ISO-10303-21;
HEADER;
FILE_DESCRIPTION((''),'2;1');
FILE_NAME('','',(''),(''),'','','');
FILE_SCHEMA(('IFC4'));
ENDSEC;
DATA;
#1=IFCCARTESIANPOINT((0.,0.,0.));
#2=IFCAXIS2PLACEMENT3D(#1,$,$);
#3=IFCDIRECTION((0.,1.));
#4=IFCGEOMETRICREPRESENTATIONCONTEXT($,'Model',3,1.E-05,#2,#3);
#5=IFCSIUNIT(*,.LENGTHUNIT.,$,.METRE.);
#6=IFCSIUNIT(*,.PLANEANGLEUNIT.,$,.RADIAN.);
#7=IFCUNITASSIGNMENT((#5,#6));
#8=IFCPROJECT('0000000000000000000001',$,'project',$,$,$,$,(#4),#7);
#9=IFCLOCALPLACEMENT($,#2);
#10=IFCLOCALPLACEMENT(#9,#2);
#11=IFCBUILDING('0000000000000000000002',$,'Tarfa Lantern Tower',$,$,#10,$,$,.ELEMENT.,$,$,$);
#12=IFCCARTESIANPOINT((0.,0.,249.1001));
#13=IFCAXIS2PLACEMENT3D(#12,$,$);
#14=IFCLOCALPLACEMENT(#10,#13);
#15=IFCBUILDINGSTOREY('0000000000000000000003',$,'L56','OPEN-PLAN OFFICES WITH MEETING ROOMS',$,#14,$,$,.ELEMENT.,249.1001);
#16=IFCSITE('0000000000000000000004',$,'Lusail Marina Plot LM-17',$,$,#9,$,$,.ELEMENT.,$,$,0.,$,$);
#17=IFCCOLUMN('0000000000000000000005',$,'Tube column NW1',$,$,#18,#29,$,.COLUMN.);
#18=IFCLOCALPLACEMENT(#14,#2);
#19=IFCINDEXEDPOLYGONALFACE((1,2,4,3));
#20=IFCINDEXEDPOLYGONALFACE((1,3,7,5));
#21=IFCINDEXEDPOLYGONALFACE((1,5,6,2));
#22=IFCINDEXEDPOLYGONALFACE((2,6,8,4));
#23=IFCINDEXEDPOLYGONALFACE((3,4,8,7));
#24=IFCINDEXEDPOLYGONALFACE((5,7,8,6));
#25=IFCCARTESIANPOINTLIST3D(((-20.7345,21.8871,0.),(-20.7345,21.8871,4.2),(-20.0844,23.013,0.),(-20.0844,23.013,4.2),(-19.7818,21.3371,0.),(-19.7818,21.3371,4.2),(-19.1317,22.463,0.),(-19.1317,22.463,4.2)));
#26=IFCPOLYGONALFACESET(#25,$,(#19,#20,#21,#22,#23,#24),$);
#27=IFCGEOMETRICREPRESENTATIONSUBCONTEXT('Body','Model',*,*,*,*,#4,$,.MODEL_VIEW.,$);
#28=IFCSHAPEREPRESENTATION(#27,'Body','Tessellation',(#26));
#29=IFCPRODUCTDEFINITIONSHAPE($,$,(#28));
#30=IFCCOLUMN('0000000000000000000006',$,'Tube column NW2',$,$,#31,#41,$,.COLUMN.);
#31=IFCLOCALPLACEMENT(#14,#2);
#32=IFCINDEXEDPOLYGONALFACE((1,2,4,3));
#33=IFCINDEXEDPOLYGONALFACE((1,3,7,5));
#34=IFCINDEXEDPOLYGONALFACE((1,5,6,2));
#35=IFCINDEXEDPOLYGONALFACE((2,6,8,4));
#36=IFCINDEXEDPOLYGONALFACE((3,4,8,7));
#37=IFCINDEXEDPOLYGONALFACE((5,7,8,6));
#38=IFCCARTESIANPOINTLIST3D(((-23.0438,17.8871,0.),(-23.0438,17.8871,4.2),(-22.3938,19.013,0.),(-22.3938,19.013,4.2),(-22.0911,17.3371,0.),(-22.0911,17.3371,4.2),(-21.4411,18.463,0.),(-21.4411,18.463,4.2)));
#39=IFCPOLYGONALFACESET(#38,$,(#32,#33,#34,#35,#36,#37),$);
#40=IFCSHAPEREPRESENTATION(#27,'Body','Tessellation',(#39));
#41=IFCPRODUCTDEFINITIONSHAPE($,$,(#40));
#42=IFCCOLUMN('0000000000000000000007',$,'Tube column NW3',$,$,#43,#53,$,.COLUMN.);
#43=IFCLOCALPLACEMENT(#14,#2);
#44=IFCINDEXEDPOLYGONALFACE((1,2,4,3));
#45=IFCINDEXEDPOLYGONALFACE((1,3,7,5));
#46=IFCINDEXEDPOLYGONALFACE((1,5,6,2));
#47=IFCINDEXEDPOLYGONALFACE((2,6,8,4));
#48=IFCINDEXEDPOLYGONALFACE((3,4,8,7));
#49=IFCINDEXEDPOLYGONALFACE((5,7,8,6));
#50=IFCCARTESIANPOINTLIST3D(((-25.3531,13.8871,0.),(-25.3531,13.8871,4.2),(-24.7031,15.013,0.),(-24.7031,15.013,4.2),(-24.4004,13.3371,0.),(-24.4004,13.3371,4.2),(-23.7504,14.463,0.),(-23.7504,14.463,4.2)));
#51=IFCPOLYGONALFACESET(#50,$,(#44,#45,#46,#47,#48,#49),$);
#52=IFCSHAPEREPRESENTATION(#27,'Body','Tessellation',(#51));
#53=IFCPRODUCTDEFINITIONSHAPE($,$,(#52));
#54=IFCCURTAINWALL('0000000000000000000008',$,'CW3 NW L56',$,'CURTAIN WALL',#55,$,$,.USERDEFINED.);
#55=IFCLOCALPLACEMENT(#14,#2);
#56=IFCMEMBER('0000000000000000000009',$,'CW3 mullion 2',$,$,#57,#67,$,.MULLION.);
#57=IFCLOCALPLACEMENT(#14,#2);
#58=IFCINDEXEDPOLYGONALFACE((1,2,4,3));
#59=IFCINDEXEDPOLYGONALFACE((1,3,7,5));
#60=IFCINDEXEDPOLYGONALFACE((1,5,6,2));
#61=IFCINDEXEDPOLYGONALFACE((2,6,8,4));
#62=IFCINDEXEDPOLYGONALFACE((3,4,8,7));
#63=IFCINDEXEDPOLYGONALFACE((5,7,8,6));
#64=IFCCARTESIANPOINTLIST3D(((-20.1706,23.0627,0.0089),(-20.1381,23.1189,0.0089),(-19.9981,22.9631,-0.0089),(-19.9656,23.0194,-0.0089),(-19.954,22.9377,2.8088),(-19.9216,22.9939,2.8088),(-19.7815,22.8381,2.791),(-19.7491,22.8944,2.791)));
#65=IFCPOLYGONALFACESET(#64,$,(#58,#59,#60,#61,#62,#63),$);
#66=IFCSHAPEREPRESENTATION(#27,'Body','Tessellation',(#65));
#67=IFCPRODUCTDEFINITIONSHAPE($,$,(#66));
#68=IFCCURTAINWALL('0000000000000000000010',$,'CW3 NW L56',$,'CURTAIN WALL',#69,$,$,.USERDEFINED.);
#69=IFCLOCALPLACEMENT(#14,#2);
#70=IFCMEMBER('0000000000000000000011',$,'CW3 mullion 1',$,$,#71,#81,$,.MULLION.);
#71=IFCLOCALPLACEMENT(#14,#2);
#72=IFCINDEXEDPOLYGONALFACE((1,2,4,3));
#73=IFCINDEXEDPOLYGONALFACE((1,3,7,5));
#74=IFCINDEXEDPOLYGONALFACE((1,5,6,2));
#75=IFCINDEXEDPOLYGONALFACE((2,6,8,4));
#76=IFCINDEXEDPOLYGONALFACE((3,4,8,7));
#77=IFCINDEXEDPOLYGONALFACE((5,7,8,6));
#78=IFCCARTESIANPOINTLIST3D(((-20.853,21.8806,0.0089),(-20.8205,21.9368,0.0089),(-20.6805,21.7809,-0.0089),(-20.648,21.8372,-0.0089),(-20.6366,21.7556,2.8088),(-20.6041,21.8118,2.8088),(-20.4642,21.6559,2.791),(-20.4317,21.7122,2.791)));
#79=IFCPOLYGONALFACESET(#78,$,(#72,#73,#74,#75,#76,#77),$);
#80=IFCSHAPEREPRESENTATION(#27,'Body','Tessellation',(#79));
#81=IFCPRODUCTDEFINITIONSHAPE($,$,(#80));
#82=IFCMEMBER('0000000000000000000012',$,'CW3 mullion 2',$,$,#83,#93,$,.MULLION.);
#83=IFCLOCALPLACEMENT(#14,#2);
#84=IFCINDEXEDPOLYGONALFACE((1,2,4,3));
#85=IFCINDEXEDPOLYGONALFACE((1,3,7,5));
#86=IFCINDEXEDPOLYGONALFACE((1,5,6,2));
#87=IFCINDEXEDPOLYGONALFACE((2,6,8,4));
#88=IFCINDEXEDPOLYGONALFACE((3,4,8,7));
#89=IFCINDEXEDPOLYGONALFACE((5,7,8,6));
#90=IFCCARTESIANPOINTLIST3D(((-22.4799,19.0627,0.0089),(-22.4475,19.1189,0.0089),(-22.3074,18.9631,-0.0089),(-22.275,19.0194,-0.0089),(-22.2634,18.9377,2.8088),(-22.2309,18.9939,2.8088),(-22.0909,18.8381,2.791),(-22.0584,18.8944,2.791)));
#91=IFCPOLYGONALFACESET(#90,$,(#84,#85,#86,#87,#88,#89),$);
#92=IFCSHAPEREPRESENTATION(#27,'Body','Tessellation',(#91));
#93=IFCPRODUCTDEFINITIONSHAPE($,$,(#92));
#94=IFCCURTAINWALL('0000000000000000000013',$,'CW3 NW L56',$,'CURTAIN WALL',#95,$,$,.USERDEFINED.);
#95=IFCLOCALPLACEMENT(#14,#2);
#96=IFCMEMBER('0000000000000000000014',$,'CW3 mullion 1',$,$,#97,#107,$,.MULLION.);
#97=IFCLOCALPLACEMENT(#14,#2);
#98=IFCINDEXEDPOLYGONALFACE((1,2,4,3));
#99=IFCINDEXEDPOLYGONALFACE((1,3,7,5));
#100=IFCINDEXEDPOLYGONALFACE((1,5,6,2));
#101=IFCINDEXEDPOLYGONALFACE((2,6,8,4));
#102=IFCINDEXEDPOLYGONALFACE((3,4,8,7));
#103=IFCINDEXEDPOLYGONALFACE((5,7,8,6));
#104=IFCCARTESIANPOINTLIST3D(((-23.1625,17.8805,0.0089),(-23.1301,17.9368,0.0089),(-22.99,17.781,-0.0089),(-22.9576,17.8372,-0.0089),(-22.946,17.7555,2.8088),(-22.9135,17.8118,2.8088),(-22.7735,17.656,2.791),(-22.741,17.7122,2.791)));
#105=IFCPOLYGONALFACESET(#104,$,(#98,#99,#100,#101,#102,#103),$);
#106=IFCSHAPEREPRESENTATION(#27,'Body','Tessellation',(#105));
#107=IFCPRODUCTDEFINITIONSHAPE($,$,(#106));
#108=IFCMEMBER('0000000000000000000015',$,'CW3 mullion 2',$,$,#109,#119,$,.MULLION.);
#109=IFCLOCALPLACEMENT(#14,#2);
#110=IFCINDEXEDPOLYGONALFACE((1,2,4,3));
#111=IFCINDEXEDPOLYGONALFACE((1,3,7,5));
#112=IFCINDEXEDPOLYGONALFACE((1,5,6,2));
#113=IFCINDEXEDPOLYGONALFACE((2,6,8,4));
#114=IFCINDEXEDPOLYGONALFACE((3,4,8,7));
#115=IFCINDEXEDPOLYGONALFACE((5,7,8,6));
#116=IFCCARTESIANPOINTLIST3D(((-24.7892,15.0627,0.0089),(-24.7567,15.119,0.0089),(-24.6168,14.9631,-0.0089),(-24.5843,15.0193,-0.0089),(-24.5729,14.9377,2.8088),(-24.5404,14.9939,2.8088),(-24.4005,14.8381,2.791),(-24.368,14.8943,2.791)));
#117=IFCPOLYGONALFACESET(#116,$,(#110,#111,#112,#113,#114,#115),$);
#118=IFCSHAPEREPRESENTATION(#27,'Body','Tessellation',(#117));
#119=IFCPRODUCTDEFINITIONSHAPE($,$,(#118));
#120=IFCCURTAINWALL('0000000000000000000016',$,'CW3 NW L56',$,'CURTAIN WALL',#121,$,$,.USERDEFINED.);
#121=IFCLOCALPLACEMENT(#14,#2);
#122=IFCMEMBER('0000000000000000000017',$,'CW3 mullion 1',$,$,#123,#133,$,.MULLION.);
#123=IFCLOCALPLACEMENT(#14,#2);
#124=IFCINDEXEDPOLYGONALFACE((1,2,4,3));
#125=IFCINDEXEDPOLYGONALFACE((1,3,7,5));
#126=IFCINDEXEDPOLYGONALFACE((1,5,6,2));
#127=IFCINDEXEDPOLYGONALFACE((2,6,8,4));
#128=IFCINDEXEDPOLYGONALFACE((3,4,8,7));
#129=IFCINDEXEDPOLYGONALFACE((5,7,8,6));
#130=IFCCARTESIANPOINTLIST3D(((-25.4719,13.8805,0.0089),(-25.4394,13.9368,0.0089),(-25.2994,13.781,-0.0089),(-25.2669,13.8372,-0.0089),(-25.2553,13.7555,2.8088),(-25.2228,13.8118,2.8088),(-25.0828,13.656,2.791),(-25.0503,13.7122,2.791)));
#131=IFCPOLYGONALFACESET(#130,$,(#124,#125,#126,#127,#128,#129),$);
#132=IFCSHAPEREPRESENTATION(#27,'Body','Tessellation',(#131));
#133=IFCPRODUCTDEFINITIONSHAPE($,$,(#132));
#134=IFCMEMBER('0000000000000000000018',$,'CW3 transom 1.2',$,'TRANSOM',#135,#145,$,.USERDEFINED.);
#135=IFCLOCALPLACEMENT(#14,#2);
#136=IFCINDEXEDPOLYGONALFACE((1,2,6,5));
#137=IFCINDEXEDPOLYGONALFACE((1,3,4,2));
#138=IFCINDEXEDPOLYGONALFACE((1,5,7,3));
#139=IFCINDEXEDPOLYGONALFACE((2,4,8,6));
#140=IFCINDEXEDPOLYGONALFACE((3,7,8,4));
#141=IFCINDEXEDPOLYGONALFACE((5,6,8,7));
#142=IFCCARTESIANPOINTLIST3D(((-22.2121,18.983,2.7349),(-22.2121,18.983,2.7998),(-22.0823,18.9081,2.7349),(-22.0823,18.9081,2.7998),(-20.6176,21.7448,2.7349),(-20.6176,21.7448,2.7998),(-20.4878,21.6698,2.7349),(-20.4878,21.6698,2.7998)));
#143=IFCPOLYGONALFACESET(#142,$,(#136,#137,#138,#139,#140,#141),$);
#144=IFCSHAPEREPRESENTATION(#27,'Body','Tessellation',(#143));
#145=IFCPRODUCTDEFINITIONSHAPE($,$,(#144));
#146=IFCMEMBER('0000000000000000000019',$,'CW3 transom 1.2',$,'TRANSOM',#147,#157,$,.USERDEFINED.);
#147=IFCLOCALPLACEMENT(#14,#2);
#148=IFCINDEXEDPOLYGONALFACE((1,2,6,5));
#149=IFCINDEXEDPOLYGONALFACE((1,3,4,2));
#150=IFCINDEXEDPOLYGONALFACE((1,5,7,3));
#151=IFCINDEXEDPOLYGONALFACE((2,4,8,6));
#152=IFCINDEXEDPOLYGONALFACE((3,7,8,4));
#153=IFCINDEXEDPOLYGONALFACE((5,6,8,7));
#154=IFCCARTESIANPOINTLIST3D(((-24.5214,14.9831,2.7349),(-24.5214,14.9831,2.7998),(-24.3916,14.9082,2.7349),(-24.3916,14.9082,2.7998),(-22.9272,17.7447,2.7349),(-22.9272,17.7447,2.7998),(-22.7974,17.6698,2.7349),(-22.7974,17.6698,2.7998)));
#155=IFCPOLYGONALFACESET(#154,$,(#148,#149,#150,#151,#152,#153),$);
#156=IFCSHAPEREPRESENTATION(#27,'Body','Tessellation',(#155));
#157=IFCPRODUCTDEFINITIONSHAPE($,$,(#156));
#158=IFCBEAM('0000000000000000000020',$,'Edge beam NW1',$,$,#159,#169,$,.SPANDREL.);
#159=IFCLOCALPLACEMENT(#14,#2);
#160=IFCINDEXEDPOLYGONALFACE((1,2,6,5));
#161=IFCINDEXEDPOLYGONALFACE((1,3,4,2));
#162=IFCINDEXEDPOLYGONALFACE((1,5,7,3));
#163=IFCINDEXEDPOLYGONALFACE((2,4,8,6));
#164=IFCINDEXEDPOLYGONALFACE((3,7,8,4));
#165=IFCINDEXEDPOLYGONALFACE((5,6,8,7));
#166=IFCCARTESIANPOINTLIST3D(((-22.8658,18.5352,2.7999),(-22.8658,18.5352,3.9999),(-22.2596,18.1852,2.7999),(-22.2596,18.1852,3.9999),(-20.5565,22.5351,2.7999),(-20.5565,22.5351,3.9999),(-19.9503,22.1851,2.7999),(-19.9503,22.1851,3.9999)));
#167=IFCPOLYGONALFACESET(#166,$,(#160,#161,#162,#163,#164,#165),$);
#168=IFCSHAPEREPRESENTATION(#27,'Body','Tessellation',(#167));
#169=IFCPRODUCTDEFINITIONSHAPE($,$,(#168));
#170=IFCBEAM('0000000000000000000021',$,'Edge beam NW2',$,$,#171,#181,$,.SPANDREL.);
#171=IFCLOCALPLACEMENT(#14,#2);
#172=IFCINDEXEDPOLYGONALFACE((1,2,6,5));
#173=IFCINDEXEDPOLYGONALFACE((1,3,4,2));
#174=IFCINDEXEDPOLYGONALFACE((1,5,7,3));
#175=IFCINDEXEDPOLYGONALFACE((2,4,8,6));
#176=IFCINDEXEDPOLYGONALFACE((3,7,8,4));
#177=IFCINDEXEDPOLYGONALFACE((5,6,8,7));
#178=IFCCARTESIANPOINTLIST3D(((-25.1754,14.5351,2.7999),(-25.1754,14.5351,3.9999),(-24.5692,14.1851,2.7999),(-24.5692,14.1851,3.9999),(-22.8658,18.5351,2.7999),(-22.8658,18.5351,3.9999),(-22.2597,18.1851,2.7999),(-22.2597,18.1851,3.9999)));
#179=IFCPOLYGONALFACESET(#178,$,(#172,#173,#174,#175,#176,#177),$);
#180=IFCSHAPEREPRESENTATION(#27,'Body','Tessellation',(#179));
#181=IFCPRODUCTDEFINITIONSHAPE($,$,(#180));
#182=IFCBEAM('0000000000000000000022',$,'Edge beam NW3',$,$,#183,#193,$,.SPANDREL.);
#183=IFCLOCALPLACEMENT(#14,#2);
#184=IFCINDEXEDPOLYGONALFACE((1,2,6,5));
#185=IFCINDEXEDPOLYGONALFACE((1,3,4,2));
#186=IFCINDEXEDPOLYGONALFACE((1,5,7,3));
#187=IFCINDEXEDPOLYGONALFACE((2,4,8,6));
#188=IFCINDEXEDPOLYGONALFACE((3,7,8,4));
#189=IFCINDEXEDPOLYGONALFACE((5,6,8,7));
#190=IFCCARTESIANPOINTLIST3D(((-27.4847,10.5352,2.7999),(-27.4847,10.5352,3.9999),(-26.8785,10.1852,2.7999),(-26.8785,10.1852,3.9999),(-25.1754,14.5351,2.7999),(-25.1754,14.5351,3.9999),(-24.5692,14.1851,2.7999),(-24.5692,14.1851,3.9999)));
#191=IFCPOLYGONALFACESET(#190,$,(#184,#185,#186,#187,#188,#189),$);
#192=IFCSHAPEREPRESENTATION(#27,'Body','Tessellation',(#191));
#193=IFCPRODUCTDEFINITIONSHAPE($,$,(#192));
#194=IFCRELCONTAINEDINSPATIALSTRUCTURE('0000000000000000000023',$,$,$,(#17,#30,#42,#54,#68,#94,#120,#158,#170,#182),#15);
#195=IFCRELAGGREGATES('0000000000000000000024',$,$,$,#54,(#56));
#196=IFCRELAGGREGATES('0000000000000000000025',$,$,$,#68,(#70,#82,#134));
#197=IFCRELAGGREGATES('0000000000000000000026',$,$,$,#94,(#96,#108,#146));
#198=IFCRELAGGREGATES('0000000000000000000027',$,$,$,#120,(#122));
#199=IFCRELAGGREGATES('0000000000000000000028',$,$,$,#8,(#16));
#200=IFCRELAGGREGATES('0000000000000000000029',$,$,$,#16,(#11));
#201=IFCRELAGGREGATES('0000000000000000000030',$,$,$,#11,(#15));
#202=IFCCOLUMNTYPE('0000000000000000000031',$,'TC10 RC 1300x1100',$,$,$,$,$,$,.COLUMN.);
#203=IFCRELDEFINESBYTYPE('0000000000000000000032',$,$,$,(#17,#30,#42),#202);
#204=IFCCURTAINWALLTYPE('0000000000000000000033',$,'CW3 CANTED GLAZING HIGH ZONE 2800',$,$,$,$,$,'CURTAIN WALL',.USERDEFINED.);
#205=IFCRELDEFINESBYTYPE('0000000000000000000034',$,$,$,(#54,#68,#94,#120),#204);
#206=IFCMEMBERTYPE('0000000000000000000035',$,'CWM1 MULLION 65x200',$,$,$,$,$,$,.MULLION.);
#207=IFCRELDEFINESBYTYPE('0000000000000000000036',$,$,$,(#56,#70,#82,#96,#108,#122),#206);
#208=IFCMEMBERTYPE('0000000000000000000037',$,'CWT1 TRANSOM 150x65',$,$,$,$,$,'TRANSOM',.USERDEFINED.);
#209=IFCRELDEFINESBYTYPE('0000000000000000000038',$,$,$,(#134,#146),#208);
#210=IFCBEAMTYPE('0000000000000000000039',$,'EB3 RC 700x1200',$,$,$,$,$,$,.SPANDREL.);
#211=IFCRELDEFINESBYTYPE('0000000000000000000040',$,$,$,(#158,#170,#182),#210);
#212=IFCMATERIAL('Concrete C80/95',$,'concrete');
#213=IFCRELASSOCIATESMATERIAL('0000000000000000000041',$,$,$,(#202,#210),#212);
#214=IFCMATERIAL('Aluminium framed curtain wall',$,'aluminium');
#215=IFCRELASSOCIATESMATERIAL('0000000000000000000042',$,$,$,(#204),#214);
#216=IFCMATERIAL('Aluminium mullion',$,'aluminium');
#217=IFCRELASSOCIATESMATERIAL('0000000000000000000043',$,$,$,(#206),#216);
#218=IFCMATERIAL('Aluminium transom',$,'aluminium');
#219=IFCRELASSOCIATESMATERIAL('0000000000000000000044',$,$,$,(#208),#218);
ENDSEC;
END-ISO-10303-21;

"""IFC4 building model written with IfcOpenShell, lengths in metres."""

from ifc_helpers import new_model, si_unit, direction, frame, origin, origin_2d, place, context, subcontext, project, spatial, rectangle, extrude, material, material_profile, profile_set, type_object, element, aggregate, save


model = new_model("IFC4")

# Units and contexts
model_context = context("Model", 3, precision=1e-05, world=origin(), true_north=direction((0.0, 1.0)))
body_context = subcontext(model_context, "Body", "Model", "MODEL_VIEW")
ifc_project = project(units=[si_unit("LENGTHUNIT", "METRE"), si_unit("PLANEANGLEUNIT", "RADIAN")], contexts=[model_context])

# Site, building, storey
site_placement = place(None, origin())
site = spatial("IfcSite", under=ifc_project, at=site_placement, Name="Lusail Marina Plot LM-17", CompositionType="ELEMENT", RefElevation=0.0)
building_placement = place(site_placement, origin())
building = spatial("IfcBuilding", under=site, at=building_placement, Name="Tarfa Lantern Tower", CompositionType="ELEMENT")
storey_placement = place(building_placement, frame((0.0, 0.0, 249.1001)))
storey = spatial("IfcBuildingStorey", under=building, at=storey_placement, Name="L56", Description="OPEN-PLAN OFFICES WITH MEETING ROOMS", CompositionType="ELEMENT", Elevation=249.1001)

# Columns
ifc_material_1 = material(Name="Concrete C80/95", Category="concrete")
ifc_material_profile_1 = material_profile(ifc_material_1, rectangle(XDim=1.3, YDim=1.1001, at=origin_2d()), Name="RC 1300x1100")
ifc_profile_set_1 = profile_set([ifc_material_profile_1], Name="Concrete C80/95")
column_type = type_object("IfcColumnType", Name="TC10 RC 1300x1100", PredefinedType="COLUMN", material=ifc_profile_set_1)
for number, where, z_axis, x_axis, name in (
    (1, (-19.9331, 22.175, 0.0), (0.0, 0.0, 1.0), (-0.5, -0.866025, 0.0), "Tube column NW1"),
    (2, (-22.2424, 18.175, 0.0), (0.0, 0.0, 1.0), (-0.5, -0.866025, 0.0), "Tube column NW2"),
    (3, (-24.5518, 14.175, 0.0), (0.0, 0.0, 1.0), (-0.5, -0.866025, 0.0), "Tube column NW3"),
):
    element("IfcColumn", number, at=place(storey_placement, frame(where, z_axis=z_axis, x_axis=x_axis)), inside=storey, type_object=column_type, Name=name, PredefinedType="COLUMN", context=body_context, shape_type="SweptSolid", body=[
        extrude(rectangle(XDim=1.3, YDim=1.1001, at=origin_2d()), origin(), (0.0, 0.0, 1.0), 4.2),
    ])

# Curtain wall, member
ifc_material_2 = material(Name="Aluminium framed curtain wall", Category="aluminium")
curtain_wall_type = type_object("IfcCurtainWallType", Name="CW3 CANTED GLAZING HIGH ZONE 2800", ElementType="CURTAIN WALL", PredefinedType="USERDEFINED", material=ifc_material_2)
curtain_wall_1_placement = place(storey_placement, origin())
curtain_wall_1 = element("IfcCurtainWall", 4, at=curtain_wall_1_placement, inside=storey, type_object=curtain_wall_type, Name="CW3 NW L56", ObjectType="CURTAIN WALL", PredefinedType="USERDEFINED")
ifc_material_3 = material(Name="Aluminium mullion", Category="aluminium")
ifc_material_profile_2 = material_profile(ifc_material_3, rectangle(XDim=0.0649, YDim=0.2, at=origin_2d()), Name="AL MULLION 65x200")
ifc_profile_set_2 = profile_set([ifc_material_profile_2], Name="Aluminium mullion")
member_type_1 = type_object("IfcMemberType", Name="CWM1 MULLION 65x200", PredefinedType="MULLION", material=ifc_profile_set_2)
member_1_placement = place(storey_placement, frame((-20.0681, 23.041, 0.0), z_axis=(0.077039, -0.044469, 0.996036), x_axis=(0.49992, 0.866072, 0.0)))
member_1 = element("IfcMember", 5, at=member_1_placement, type_object=member_type_1, Name="CW3 mullion 2", PredefinedType="MULLION", context=body_context, shape_type="SweptSolid", body=[
    extrude(rectangle(XDim=0.0649, YDim=0.2, at=origin_2d()), origin(), (0.0, 0.0, 1.0), 2.811),
])

# Curtain walls, members
curtain_wall_2_placement = place(storey_placement, origin())
curtain_wall_2 = element("IfcCurtainWall", 6, at=curtain_wall_2_placement, inside=storey, type_object=curtain_wall_type, Name="CW3 NW L56", ObjectType="CURTAIN WALL", PredefinedType="USERDEFINED")
member_2_placement = place(storey_placement, frame((-20.7505, 21.8589, 0.0), z_axis=(0.076953, -0.044469, 0.996043), x_axis=(0.500343, 0.865827, 0.0)))
member_2 = element("IfcMember", 7, at=member_2_placement, type_object=member_type_1, Name="CW3 mullion 1", PredefinedType="MULLION", context=body_context, shape_type="SweptSolid", body=[
    extrude(rectangle(XDim=0.0649, YDim=0.2, at=origin_2d()), origin(), (0.0, 0.0, 1.0), 2.811),
])
member_3_placement = place(storey_placement, frame((-22.3774, 19.041, 0.0), z_axis=(0.077039, -0.044469, 0.996036), x_axis=(0.49992, 0.866072, 0.0)))
member_3 = element("IfcMember", 8, at=member_3_placement, type_object=member_type_1, Name="CW3 mullion 2", PredefinedType="MULLION", context=body_context, shape_type="SweptSolid", body=[
    extrude(rectangle(XDim=0.0649, YDim=0.2, at=origin_2d()), origin(), (0.0, 0.0, 1.0), 2.811),
])
curtain_wall_3_placement = place(storey_placement, origin())
curtain_wall_3 = element("IfcCurtainWall", 9, at=curtain_wall_3_placement, inside=storey, type_object=curtain_wall_type, Name="CW3 NW L56", ObjectType="CURTAIN WALL", PredefinedType="USERDEFINED")
member_4_placement = place(storey_placement, frame((-23.0601, 17.8589, 0.0), z_axis=(0.077039, -0.044469, 0.996036), x_axis=(0.49992, 0.866072, 0.0)))
member_4 = element("IfcMember", 10, at=member_4_placement, type_object=member_type_1, Name="CW3 mullion 1", PredefinedType="MULLION", context=body_context, shape_type="SweptSolid", body=[
    extrude(rectangle(XDim=0.0649, YDim=0.2, at=origin_2d()), origin(), (0.0, 0.0, 1.0), 2.811),
])
member_5_placement = place(storey_placement, frame((-24.6868, 15.041, 0.0), z_axis=(0.076953, -0.044469, 0.996043), x_axis=(0.500343, 0.865827, 0.0)))
member_5 = element("IfcMember", 11, at=member_5_placement, type_object=member_type_1, Name="CW3 mullion 2", PredefinedType="MULLION", context=body_context, shape_type="SweptSolid", body=[
    extrude(rectangle(XDim=0.0649, YDim=0.2, at=origin_2d()), origin(), (0.0, 0.0, 1.0), 2.811),
])

# Curtain wall, member
curtain_wall_4_placement = place(storey_placement, origin())
curtain_wall_4 = element("IfcCurtainWall", 12, at=curtain_wall_4_placement, inside=storey, type_object=curtain_wall_type, Name="CW3 NW L56", ObjectType="CURTAIN WALL", PredefinedType="USERDEFINED")
member_6_placement = place(storey_placement, frame((-25.3694, 13.8589, 0.0), z_axis=(0.077039, -0.044469, 0.996036), x_axis=(0.49992, 0.866072, 0.0)))
member_6 = element("IfcMember", 13, at=member_6_placement, type_object=member_type_1, Name="CW3 mullion 1", PredefinedType="MULLION", context=body_context, shape_type="SweptSolid", body=[
    extrude(rectangle(XDim=0.0649, YDim=0.2, at=origin_2d()), origin(), (0.0, 0.0, 1.0), 2.811),
])

# Members
ifc_material_4 = material(Name="Aluminium transom", Category="aluminium")
ifc_material_profile_3 = material_profile(ifc_material_4, rectangle(XDim=0.1499, YDim=0.0649, at=origin_2d()), Name="AL TRANSOM 150x65")
ifc_profile_set_3 = profile_set([ifc_material_profile_3], Name="Aluminium transom")
member_type_2 = type_object("IfcMemberType", Name="CWT1 TRANSOM 150x65", ElementType="TRANSOM", PredefinedType="USERDEFINED", material=ifc_profile_set_3)
member_7_placement = place(storey_placement, frame((-20.5527, 21.7073, 2.7673), z_axis=(-0.500001, -0.866025, 0.0), x_axis=(0.866025, -0.500001, 0.0)))
member_7 = element("IfcMember", 14, at=member_7_placement, type_object=member_type_2, Name="CW3 transom 1.2", ObjectType="TRANSOM", PredefinedType="USERDEFINED", context=body_context, shape_type="SweptSolid", body=[
    extrude(rectangle(XDim=0.1499, YDim=0.0649, at=origin_2d()), origin(), (0.0, 0.0, 1.0), 3.189),
])
member_8_placement = place(storey_placement, frame((-22.8623, 17.7073, 2.7673), z_axis=(-0.499943, -0.866058, 0.0), x_axis=(0.866058, -0.499943, 0.0)))
member_8 = element("IfcMember", 15, at=member_8_placement, type_object=member_type_2, Name="CW3 transom 1.2", ObjectType="TRANSOM", PredefinedType="USERDEFINED", context=body_context, shape_type="SweptSolid", body=[
    extrude(rectangle(XDim=0.1499, YDim=0.0649, at=origin_2d()), origin(), (0.0, 0.0, 1.0), 3.1887),
])

# Beams
ifc_material_profile_4 = material_profile(ifc_material_1, rectangle(XDim=0.7, YDim=1.2, at=origin_2d()), Name="RC 700x1200")
ifc_profile_set_4 = profile_set([ifc_material_profile_4], Name="Concrete C80/95")
beam_type_1 = type_object("IfcBeamType", Name="EB3 RC 700x1200", PredefinedType="SPANDREL", material=ifc_profile_set_4)
beam_1_placement = place(storey_placement, frame((-20.2534, 22.3601, 3.3999), z_axis=(-0.499988, -0.866032, 0.0), x_axis=(0.866032, -0.499988, 0.0)))
element("IfcBeam", 16, at=beam_1_placement, inside=storey, type_object=beam_type_1, Name="Edge beam NW1", PredefinedType="SPANDREL", context=body_context, shape_type="SweptSolid", body=[
    extrude(rectangle(XDim=0.7, YDim=1.2, at=origin_2d()), origin(), (0.0, 0.0, 1.0), 4.6187),
])
beam_2_placement = place(storey_placement, frame((-22.5627, 18.3601, 3.3999), z_axis=(-0.500027, -0.86601, 0.0), x_axis=(0.86601, -0.500027, 0.0)))
element("IfcBeam", 17, at=beam_2_placement, inside=storey, type_object=beam_type_1, Name="Edge beam NW2", PredefinedType="SPANDREL", context=body_context, shape_type="SweptSolid", body=[
    extrude(rectangle(XDim=0.7, YDim=1.2, at=origin_2d()), origin(), (0.0, 0.0, 1.0), 4.6189),
])
beam_3_placement = place(storey_placement, frame((-24.8723, 14.3601, 3.3999), z_axis=(-0.499988, -0.866032, 0.0), x_axis=(0.866032, -0.499988, 0.0)))
element("IfcBeam", 18, at=beam_3_placement, inside=storey, type_object=beam_type_1, Name="Edge beam NW3", PredefinedType="SPANDREL", context=body_context, shape_type="SweptSolid", body=[
    extrude(rectangle(XDim=0.7, YDim=1.2, at=origin_2d()), origin(), (0.0, 0.0, 1.0), 4.6187),
])

aggregate(curtain_wall_1, [member_1])
aggregate(curtain_wall_2, [member_2, member_3, member_7])
aggregate(curtain_wall_3, [member_4, member_5, member_8])
aggregate(curtain_wall_4, [member_6])

save(model, "model.ifc")
